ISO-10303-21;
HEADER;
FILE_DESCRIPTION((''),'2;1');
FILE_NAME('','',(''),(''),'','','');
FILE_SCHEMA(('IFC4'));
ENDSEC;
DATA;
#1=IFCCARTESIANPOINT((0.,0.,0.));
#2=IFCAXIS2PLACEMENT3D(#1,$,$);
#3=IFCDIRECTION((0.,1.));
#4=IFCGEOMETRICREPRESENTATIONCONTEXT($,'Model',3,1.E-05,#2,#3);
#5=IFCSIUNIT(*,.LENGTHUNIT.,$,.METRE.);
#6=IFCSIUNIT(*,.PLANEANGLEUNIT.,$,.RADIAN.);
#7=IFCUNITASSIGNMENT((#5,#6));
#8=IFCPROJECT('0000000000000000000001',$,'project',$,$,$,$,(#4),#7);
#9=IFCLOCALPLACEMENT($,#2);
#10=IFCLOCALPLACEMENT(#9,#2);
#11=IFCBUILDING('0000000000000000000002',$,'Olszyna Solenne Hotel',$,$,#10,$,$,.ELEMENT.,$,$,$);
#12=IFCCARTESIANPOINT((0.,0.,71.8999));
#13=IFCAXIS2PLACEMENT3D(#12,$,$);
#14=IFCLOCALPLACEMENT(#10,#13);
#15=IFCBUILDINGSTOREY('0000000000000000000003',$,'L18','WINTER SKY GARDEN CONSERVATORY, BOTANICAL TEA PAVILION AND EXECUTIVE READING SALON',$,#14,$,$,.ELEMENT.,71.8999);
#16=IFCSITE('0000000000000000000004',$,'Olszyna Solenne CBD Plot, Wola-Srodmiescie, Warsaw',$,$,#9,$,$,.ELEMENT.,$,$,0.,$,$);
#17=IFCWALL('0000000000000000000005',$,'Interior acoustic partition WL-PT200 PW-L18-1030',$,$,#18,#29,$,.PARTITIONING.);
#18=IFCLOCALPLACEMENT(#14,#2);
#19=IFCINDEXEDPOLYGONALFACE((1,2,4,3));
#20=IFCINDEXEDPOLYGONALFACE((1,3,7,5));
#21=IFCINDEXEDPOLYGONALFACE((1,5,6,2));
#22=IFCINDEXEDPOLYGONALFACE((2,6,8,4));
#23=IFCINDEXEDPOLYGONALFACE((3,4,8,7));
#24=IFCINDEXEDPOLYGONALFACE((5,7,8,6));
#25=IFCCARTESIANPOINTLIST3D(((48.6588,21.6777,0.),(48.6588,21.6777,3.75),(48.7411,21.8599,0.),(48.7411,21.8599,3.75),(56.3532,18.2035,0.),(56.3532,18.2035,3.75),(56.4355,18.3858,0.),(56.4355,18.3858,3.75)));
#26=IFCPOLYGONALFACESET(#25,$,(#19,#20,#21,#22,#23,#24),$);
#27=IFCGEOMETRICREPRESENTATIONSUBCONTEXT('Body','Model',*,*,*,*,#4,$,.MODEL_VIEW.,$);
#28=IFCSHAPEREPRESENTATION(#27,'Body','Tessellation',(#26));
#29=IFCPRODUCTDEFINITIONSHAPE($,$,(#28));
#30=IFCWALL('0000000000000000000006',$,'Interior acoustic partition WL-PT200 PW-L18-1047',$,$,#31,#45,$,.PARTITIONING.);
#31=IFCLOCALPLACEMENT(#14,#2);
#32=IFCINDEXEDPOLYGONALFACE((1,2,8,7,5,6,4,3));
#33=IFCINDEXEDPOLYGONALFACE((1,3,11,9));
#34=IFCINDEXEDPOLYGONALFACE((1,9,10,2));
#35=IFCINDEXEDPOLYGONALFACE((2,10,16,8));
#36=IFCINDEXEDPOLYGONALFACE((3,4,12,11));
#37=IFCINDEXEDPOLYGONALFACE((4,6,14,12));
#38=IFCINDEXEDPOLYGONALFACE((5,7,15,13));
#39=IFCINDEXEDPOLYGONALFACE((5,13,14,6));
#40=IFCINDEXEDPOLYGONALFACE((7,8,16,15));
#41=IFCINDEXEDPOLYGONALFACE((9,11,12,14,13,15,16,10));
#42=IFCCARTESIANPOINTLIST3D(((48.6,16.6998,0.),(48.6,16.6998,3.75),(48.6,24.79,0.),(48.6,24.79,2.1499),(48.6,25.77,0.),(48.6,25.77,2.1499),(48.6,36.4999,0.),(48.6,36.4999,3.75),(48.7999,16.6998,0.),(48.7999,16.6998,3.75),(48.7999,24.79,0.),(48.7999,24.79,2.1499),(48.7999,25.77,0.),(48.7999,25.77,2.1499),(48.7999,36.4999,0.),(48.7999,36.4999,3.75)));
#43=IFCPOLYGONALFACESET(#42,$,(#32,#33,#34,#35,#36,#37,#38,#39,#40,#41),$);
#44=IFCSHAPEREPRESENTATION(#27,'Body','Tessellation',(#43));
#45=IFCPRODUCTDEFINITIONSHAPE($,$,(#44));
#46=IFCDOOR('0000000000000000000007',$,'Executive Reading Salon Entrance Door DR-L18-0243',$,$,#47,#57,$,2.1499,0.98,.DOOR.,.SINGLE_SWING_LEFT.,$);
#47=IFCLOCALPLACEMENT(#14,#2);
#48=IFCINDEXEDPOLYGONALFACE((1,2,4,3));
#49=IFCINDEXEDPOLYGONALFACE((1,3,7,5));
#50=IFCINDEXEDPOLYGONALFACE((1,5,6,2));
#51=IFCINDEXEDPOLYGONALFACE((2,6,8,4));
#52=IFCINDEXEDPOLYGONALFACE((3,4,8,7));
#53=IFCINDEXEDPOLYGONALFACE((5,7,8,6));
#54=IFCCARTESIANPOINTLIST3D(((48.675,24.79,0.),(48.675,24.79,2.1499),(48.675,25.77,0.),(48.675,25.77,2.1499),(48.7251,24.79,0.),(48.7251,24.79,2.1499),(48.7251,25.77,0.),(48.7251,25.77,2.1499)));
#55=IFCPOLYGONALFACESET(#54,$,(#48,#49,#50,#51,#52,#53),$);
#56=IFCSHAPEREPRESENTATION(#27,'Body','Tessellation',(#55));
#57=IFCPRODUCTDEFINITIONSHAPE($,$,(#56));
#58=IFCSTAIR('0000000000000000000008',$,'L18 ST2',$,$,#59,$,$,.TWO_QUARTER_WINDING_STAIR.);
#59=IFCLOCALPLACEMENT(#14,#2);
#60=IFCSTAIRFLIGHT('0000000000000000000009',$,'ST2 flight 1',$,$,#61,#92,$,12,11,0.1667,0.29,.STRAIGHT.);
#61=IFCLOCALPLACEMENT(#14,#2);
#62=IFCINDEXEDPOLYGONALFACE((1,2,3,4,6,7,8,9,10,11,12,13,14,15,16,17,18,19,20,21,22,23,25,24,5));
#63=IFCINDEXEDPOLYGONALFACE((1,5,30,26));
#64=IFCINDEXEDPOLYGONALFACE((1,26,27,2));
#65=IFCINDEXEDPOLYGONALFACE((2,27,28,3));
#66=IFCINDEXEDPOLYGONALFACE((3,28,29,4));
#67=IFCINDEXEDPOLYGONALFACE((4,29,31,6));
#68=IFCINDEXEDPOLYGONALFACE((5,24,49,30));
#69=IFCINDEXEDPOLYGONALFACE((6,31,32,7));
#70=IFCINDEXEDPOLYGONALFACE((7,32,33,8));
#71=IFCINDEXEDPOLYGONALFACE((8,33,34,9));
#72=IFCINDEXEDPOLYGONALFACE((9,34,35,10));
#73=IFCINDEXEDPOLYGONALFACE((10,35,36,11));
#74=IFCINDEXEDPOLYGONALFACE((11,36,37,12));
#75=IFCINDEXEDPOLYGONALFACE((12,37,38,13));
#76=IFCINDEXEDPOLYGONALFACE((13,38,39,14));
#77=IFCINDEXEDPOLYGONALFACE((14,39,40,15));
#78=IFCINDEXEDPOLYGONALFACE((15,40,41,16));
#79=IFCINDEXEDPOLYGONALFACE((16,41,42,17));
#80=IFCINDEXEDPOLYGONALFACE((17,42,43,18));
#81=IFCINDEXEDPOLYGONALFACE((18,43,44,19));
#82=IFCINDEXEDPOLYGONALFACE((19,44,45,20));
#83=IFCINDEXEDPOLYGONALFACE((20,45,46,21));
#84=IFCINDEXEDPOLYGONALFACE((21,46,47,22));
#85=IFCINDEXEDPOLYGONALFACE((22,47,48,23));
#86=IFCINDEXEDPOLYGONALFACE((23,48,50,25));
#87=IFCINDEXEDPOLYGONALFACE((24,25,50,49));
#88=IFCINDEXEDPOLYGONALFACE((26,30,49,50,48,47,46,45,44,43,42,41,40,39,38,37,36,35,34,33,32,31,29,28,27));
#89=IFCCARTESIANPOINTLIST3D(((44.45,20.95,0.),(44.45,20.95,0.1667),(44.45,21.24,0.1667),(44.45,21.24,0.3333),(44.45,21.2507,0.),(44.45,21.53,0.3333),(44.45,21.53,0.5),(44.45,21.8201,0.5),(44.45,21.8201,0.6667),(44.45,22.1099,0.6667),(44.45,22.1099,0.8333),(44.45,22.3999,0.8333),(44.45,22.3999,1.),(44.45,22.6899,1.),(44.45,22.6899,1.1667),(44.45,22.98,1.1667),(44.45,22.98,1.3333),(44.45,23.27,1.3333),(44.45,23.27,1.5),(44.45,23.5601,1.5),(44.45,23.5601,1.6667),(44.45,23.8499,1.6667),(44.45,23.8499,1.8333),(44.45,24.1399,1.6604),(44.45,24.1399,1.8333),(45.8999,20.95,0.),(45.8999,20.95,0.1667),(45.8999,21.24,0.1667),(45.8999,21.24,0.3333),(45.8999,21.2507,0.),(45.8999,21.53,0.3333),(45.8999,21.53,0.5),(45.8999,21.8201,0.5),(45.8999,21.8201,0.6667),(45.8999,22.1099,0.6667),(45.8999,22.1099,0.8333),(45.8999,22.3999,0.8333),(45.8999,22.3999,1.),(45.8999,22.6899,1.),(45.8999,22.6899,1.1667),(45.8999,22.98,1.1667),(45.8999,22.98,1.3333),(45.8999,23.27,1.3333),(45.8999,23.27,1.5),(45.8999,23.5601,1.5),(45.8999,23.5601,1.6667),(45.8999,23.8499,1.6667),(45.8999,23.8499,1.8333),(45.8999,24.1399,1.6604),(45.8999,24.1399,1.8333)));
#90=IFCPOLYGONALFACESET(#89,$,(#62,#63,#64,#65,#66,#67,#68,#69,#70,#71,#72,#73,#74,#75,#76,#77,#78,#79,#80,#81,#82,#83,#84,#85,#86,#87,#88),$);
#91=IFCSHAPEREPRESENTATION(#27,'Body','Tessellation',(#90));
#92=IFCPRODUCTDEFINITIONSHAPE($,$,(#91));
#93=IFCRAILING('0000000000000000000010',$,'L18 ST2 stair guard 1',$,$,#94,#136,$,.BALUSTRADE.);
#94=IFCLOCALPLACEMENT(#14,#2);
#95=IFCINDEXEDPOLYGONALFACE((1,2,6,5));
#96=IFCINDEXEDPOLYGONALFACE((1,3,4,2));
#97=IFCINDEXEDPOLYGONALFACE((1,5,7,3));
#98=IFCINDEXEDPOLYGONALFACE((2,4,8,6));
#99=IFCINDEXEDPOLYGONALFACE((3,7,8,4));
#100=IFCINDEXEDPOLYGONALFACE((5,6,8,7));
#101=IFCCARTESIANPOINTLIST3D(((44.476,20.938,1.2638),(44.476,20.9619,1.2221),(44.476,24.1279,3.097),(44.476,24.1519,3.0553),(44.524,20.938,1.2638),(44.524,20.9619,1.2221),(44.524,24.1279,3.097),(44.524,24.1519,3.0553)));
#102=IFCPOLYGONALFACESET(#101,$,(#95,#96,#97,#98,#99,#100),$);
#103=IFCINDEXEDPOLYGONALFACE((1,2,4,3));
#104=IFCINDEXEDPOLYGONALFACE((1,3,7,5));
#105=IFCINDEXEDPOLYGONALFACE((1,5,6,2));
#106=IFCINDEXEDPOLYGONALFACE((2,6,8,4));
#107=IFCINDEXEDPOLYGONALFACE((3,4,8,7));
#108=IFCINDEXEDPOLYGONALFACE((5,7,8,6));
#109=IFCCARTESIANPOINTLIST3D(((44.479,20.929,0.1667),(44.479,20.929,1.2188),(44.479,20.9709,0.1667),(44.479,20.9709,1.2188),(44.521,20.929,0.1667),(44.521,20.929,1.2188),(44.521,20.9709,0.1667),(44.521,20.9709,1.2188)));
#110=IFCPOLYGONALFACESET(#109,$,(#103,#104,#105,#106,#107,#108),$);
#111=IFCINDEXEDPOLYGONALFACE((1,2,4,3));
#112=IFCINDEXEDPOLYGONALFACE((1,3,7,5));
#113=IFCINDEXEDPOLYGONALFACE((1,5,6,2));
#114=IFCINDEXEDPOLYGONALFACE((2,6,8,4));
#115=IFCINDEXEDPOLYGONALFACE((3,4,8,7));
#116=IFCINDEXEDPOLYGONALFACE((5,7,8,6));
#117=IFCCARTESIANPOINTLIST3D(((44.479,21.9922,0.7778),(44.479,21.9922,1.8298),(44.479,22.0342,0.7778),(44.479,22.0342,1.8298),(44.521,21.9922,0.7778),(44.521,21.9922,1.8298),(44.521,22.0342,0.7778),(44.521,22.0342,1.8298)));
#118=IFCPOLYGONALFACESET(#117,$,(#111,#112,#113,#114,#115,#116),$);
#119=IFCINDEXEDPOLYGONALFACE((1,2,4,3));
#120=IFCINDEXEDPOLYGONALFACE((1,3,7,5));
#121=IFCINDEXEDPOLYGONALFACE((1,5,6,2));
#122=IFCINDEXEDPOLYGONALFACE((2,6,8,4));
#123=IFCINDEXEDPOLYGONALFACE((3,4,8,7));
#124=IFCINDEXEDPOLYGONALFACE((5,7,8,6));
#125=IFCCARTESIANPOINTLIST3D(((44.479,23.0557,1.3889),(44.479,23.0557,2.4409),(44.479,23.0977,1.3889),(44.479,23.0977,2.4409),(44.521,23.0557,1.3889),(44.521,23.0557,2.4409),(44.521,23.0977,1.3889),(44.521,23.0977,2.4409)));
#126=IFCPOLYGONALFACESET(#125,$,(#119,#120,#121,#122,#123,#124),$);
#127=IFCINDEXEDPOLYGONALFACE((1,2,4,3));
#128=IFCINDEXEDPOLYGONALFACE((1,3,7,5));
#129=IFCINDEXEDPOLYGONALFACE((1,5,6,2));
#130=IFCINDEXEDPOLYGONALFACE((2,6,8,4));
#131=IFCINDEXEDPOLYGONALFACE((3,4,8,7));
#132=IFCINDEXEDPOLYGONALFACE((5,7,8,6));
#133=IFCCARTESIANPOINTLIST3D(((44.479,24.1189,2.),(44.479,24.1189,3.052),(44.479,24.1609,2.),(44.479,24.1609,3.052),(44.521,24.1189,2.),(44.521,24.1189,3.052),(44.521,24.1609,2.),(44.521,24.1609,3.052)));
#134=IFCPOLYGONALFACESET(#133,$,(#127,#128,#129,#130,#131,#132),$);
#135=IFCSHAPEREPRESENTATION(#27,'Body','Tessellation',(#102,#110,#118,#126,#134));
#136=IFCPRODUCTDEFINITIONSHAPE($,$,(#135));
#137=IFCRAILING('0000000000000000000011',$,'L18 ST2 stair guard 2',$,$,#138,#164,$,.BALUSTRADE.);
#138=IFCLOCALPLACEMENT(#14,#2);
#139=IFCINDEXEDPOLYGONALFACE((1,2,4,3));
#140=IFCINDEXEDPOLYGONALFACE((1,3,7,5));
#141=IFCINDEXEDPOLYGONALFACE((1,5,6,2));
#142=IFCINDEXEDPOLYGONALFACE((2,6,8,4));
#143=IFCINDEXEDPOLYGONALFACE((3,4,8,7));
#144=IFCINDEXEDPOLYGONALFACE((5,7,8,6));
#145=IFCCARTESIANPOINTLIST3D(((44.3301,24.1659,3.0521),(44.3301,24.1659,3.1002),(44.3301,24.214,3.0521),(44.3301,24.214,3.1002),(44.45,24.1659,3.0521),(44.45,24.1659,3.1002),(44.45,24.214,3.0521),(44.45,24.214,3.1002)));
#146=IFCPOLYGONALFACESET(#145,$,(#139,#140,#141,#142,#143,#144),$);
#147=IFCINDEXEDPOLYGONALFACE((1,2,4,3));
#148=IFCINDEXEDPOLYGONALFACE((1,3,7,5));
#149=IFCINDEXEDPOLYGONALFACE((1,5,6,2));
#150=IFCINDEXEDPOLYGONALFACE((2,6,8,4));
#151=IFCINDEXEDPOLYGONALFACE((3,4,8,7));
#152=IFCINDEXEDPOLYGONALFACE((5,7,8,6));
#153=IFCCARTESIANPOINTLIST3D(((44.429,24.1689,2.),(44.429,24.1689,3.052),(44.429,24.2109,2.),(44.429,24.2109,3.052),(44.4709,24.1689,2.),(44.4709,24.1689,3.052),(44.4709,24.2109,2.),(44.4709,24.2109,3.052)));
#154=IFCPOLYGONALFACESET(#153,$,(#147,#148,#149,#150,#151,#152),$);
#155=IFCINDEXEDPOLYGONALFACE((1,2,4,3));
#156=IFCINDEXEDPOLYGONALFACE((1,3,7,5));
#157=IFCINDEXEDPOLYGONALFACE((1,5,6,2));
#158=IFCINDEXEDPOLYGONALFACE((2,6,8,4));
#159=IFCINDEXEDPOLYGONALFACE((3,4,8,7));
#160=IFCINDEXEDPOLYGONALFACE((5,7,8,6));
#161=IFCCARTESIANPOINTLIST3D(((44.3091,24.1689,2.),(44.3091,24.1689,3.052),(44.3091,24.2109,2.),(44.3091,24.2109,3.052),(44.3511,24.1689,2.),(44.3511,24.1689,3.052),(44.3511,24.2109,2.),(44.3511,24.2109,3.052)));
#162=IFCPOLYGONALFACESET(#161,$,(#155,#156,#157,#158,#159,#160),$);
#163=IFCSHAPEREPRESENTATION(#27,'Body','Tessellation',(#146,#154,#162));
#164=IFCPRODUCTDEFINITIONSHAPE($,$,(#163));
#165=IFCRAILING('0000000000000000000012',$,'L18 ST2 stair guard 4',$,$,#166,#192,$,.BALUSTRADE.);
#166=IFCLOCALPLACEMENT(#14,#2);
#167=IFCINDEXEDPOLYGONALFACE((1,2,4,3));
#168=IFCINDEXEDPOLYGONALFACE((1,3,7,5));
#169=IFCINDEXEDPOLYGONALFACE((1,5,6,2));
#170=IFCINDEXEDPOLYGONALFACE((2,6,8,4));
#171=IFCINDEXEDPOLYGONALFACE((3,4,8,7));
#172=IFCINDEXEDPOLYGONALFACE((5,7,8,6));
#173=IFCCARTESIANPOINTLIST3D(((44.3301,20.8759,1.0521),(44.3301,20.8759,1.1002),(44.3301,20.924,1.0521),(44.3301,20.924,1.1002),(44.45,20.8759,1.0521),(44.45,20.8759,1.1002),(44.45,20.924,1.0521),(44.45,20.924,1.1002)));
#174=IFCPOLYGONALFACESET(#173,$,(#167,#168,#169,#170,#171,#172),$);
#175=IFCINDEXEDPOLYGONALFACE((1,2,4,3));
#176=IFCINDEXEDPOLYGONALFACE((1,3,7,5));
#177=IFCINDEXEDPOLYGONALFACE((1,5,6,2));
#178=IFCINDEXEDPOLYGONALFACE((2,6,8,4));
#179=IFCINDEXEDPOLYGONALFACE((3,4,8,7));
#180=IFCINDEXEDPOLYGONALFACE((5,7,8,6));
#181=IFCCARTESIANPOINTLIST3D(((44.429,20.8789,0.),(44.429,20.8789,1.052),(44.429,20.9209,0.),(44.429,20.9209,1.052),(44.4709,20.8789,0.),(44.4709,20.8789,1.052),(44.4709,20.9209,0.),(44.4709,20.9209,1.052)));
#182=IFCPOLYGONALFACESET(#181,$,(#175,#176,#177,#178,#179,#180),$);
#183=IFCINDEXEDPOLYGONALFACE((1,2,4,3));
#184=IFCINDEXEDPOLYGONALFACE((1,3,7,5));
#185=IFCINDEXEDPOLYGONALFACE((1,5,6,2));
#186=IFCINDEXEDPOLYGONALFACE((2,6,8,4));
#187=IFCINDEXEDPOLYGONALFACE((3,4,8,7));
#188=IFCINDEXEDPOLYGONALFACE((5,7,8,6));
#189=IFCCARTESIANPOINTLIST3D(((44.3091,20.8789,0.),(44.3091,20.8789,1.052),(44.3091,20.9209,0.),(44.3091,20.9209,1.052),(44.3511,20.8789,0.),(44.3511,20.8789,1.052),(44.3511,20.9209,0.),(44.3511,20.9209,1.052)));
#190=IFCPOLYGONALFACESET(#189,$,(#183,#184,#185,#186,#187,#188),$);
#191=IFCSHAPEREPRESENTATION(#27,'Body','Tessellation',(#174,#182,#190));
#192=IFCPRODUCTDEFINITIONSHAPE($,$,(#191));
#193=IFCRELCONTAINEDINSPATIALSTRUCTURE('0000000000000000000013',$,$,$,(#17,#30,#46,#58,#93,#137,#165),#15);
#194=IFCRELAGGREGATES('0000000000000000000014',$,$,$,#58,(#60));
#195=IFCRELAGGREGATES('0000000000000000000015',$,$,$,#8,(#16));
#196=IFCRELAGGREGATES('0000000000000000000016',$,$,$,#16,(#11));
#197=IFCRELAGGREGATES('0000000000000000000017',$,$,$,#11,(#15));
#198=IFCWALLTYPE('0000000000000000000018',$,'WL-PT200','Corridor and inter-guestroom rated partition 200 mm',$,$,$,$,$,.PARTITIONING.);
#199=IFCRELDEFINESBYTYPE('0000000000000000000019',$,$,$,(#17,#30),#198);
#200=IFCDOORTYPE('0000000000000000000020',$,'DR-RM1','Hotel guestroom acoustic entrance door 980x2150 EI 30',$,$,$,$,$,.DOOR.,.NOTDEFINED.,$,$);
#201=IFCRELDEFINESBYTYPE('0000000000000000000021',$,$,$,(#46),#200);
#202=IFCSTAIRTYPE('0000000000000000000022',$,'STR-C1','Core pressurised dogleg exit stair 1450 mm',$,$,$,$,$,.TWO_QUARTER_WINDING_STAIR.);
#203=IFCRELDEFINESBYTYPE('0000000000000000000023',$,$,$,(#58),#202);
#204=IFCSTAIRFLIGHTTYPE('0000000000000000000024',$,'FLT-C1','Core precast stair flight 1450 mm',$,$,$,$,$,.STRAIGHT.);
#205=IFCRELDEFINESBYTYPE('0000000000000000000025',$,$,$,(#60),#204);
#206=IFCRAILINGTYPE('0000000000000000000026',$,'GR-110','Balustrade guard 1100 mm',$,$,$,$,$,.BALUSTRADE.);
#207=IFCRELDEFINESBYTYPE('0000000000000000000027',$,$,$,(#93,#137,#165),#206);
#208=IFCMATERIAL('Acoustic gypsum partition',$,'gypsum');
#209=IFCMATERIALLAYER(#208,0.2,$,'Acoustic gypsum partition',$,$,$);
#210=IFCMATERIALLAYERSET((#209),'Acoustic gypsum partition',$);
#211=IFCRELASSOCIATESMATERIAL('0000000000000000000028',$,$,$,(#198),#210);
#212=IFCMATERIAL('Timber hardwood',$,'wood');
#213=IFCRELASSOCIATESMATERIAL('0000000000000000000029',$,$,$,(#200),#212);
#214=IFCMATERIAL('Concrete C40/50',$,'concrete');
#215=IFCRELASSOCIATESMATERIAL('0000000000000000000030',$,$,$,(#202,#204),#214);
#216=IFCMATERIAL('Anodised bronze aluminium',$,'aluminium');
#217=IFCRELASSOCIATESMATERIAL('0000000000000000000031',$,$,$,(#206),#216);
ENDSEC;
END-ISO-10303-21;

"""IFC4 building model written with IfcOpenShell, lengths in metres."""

from ifc_helpers import new_model, si_unit, direction, frame, frame_2d, origin, origin_2d, place, context, subcontext, project, spatial, polyline, rectangle, outline, extrude, source, transform, mapped, material, layer, layer_set, type_object, type_shapes, element, fill, aggregate, save


model = new_model("IFC4")

# Units and contexts
model_context = context("Model", 3, precision=1e-05, world=origin(), true_north=direction((0.0, 1.0)))
body_context = subcontext(model_context, "Body", "Model", "MODEL_VIEW")
ifc_project = project(units=[si_unit("LENGTHUNIT", "METRE"), si_unit("PLANEANGLEUNIT", "RADIAN")], contexts=[model_context])

# Site, building, storey
site_placement = place(None, origin())
site = spatial("IfcSite", under=ifc_project, at=site_placement, Name="Olszyna Solenne CBD Plot, Wola-Srodmiescie, Warsaw", CompositionType="ELEMENT", RefElevation=0.0)
building_placement = place(site_placement, origin())
building = spatial("IfcBuilding", under=site, at=building_placement, Name="Olszyna Solenne Hotel", CompositionType="ELEMENT")
storey_placement = place(building_placement, frame((0.0, 0.0, 71.8999)))
storey = spatial("IfcBuildingStorey", under=building, at=storey_placement, Name="L18", Description="WINTER SKY GARDEN CONSERVATORY, BOTANICAL TEA PAVILION AND EXECUTIVE READING SALON", CompositionType="ELEMENT", Elevation=71.8999)

# Shared definitions
ifc_material_1 = material(Name="Anodised bronze aluminium", Category="aluminium")

# Shared definitions
ifc_material_2 = material(Name="Acoustic gypsum partition", Category="gypsum")
ifc_material_3 = material(Name="Timber hardwood", Category="wood")

# Wall
ifc_layer_1 = layer(ifc_material_2, 0.2, Name="Acoustic gypsum partition")
ifc_layer_set_1 = layer_set([ifc_layer_1], Name="Acoustic gypsum partition")
wall_type_1 = type_object("IfcWallType", Name="WL-PT200", Description="Corridor and inter-guestroom rated partition 200 mm", PredefinedType="PARTITIONING", material=ifc_layer_set_1)
wall_1_placement = place(storey_placement, frame((48.7, 21.7688, 0.0), z_axis=(0.0, 0.0, 1.0), x_axis=(0.911403, -0.411514, 0.0)))
element("IfcWall", 1, at=wall_1_placement, inside=storey, type_object=wall_type_1, Name="Interior acoustic partition WL-PT200 PW-L18-1030", PredefinedType="PARTITIONING", context=body_context, shape_type="SweptSolid", body=[
    extrude(rectangle(XDim=8.4424, YDim=0.2, at=frame_2d((4.2212, 0.0))), origin(), (0.0, 0.0, 1.0), 3.75),
])

# Wall, opening, door
wall_2_placement = place(storey_placement, frame((48.7, 16.7, 0.0), z_axis=(0.0, 0.0, 1.0), x_axis=(0.0, 1.0, 0.0)))
wall_2 = element("IfcWall", 2, at=wall_2_placement, inside=storey, type_object=wall_type_1, Name="Interior acoustic partition WL-PT200 PW-L18-1047", PredefinedType="PARTITIONING", context=body_context, shape_type="SweptSolid", body=[
    extrude(rectangle(XDim=19.8, YDim=0.2, at=frame_2d((9.8999, 0.0))), origin(), (0.0, 0.0, 1.0), 3.75),
])
opening_1_placement = place(wall_2_placement, frame((8.0901, 0.0, 0.0)))
opening_1 = element("IfcOpeningElement", 3, at=opening_1_placement, cuts=wall_2, PredefinedType="OPENING", context=body_context, shape_type="SweptSolid", body=[
    extrude(rectangle(XDim=0.98, YDim=2.1499, at=frame_2d((0.49, 1.075))), frame((0.0, 0.1099, 0.0), z_axis=(0.0, -1.0, 0.0), x_axis=(1.0, 0.0, 0.0)), (0.0, 0.0, 1.0), 0.22),
])
door_type_1 = type_object("IfcDoorType", Name="DR-RM1", Description="Hotel guestroom acoustic entrance door 980x2150 EI 30", OperationType="NOTDEFINED", PredefinedType="DOOR", material=ifc_material_3)
shared_shape_1 = source(origin(), body_context, "Body", "SweptSolid", [
    extrude(rectangle(XDim=0.98, YDim=2.1499, at=frame_2d((0.49, 1.075))), frame((0.0, 0.0249, 0.0), z_axis=(0.0, -1.0, 0.0), x_axis=(1.0, 0.0, 0.0)), (0.0, 0.0, 1.0), 0.05),
])
type_shapes(door_type_1, [shared_shape_1])
door_1_placement = place(opening_1_placement, origin())
door_1 = element("IfcDoor", 4, at=door_1_placement, inside=storey, type_object=door_type_1, Name="Executive Reading Salon Entrance Door DR-L18-0243", OperationType="SINGLE_SWING_LEFT", OverallHeight=2.1499, OverallWidth=0.98, PredefinedType="DOOR", context=body_context, shape_type="MappedRepresentation", body=[
    mapped(shared_shape_1, transform((0.0, 0.0, 0.0), x_axis=(1.0, 0.0, 0.0), y_axis=(0.0, 1.0, 0.0), z_axis=(0.0, 0.0, 1.0), scale=1.0)),
])
fill(opening_1, door_1)

# Stair, stair flight
ifc_material_4 = material(Name="Concrete C40/50", Category="concrete")
stair_type = type_object("IfcStairType", Name="STR-C1", Description="Core pressurised dogleg exit stair 1450 mm", PredefinedType="TWO_QUARTER_WINDING_STAIR", material=ifc_material_4)
stair_placement = place(storey_placement, origin())
stair = element("IfcStair", 5, at=stair_placement, inside=storey, type_object=stair_type, Name="L18 ST2", PredefinedType="TWO_QUARTER_WINDING_STAIR")
stair_flight_type = type_object("IfcStairFlightType", Name="FLT-C1", Description="Core precast stair flight 1450 mm", PredefinedType="STRAIGHT", material=ifc_material_4)
stair_flight_placement = place(storey_placement, frame((45.175, 20.95, 0.0), z_axis=(0.0, 0.0, 1.0), x_axis=(0.0, 1.0, 0.0)))
stair_flight = element("IfcStairFlight", 6, at=stair_flight_placement, type_object=stair_flight_type, Name="ST2 flight 1", NumberOfRisers=12, NumberOfTreads=11, PredefinedType="STRAIGHT", RiserHeight=0.1667, TreadLength=0.29, context=body_context, shape_type="SweptSolid", body=[
    extrude(outline(polyline([(0.0, 0.0), (0.0, 0.1667), (0.29, 0.1667), (0.29, 0.3333), (0.5801, 0.3333), (0.5801, 0.5), (0.8701, 0.5), (0.8701, 0.6667), (1.1599, 0.6667), (1.1599, 0.8333), (1.45, 0.8333), (1.45, 1.0), (1.74, 1.0), (1.74, 1.1667), (2.03, 1.1667), (2.03, 1.3333), (2.3201, 1.3333), (2.3201, 1.5), (2.6101, 1.5), (2.6101, 1.6667), (2.8999, 1.6667), (2.8999, 1.8333), (3.1899, 1.8333), (3.1899, 2.0), (3.1899, 1.6604), (0.3008, 0.0), (0.0, 0.0)])), frame((0.0, 0.7251, 0.0), z_axis=(0.0, -1.0, 0.0), x_axis=(1.0, 0.0, 0.0)), (0.0, 0.0, 1.0), 1.45),
])
aggregate(stair, [stair_flight])

# Railings
railing_type_1 = type_object("IfcRailingType", Name="GR-110", Description="Balustrade guard 1100 mm", PredefinedType="BALUSTRADE", material=ifc_material_1)
railing_1_placement = place(storey_placement, frame((44.5, 20.95, 0.1667)))
element("IfcRailing", 7, at=railing_1_placement, inside=storey, type_object=railing_type_1, Name="L18 ST2 stair guard 1", PredefinedType="BALUSTRADE", context=body_context, shape_type="SweptSolid", body=[
    extrude(rectangle(XDim=0.0481, YDim=0.0481, at=origin_2d()), frame((0.0, 0.0, 1.0762), z_axis=(0.0, 0.86702, 0.498274), x_axis=(-1.0, 0.0, 0.0)), (0.0, 0.0, 1.0), 3.6792),
    extrude(rectangle(XDim=0.042, YDim=0.042, at=origin_2d()), origin(), (0.0, 0.0, 1.0), 1.052),
    extrude(rectangle(XDim=0.042, YDim=0.042, at=origin_2d()), frame((0.0, 1.0632, 0.6111)), (0.0, 0.0, 1.0), 1.052),
    extrude(rectangle(XDim=0.042, YDim=0.042, at=origin_2d()), frame((0.0, 2.1267, 1.2222)), (0.0, 0.0, 1.0), 1.052),
    extrude(rectangle(XDim=0.042, YDim=0.042, at=origin_2d()), frame((0.0, 3.1899, 1.8333)), (0.0, 0.0, 1.0), 1.052),
])
for number, where, name in (
    (8, (44.45, 24.1899, 2.0), "L18 ST2 stair guard 2"),
    (9, (44.45, 20.8999, 0.0), "L18 ST2 stair guard 4"),
):
    element("IfcRailing", number, at=place(storey_placement, frame(where)), inside=storey, type_object=railing_type_1, Name=name, PredefinedType="BALUSTRADE", context=body_context, shape_type="SweptSolid", body=[
        extrude(rectangle(XDim=0.0481, YDim=0.0481, at=origin_2d()), frame((0.0, 0.0, 1.0762), z_axis=(-1.0, 0.0, 0.0), x_axis=(0.0, -1.0, 0.0)), (0.0, 0.0, 1.0), 0.1199),
        extrude(rectangle(XDim=0.042, YDim=0.042, at=origin_2d()), origin(), (0.0, 0.0, 1.0), 1.052),
        extrude(rectangle(XDim=0.042, YDim=0.042, at=origin_2d()), frame((-0.1199, 0.0, 0.0)), (0.0, 0.0, 1.0), 1.052),
    ])

save(model, "model.ifc")
